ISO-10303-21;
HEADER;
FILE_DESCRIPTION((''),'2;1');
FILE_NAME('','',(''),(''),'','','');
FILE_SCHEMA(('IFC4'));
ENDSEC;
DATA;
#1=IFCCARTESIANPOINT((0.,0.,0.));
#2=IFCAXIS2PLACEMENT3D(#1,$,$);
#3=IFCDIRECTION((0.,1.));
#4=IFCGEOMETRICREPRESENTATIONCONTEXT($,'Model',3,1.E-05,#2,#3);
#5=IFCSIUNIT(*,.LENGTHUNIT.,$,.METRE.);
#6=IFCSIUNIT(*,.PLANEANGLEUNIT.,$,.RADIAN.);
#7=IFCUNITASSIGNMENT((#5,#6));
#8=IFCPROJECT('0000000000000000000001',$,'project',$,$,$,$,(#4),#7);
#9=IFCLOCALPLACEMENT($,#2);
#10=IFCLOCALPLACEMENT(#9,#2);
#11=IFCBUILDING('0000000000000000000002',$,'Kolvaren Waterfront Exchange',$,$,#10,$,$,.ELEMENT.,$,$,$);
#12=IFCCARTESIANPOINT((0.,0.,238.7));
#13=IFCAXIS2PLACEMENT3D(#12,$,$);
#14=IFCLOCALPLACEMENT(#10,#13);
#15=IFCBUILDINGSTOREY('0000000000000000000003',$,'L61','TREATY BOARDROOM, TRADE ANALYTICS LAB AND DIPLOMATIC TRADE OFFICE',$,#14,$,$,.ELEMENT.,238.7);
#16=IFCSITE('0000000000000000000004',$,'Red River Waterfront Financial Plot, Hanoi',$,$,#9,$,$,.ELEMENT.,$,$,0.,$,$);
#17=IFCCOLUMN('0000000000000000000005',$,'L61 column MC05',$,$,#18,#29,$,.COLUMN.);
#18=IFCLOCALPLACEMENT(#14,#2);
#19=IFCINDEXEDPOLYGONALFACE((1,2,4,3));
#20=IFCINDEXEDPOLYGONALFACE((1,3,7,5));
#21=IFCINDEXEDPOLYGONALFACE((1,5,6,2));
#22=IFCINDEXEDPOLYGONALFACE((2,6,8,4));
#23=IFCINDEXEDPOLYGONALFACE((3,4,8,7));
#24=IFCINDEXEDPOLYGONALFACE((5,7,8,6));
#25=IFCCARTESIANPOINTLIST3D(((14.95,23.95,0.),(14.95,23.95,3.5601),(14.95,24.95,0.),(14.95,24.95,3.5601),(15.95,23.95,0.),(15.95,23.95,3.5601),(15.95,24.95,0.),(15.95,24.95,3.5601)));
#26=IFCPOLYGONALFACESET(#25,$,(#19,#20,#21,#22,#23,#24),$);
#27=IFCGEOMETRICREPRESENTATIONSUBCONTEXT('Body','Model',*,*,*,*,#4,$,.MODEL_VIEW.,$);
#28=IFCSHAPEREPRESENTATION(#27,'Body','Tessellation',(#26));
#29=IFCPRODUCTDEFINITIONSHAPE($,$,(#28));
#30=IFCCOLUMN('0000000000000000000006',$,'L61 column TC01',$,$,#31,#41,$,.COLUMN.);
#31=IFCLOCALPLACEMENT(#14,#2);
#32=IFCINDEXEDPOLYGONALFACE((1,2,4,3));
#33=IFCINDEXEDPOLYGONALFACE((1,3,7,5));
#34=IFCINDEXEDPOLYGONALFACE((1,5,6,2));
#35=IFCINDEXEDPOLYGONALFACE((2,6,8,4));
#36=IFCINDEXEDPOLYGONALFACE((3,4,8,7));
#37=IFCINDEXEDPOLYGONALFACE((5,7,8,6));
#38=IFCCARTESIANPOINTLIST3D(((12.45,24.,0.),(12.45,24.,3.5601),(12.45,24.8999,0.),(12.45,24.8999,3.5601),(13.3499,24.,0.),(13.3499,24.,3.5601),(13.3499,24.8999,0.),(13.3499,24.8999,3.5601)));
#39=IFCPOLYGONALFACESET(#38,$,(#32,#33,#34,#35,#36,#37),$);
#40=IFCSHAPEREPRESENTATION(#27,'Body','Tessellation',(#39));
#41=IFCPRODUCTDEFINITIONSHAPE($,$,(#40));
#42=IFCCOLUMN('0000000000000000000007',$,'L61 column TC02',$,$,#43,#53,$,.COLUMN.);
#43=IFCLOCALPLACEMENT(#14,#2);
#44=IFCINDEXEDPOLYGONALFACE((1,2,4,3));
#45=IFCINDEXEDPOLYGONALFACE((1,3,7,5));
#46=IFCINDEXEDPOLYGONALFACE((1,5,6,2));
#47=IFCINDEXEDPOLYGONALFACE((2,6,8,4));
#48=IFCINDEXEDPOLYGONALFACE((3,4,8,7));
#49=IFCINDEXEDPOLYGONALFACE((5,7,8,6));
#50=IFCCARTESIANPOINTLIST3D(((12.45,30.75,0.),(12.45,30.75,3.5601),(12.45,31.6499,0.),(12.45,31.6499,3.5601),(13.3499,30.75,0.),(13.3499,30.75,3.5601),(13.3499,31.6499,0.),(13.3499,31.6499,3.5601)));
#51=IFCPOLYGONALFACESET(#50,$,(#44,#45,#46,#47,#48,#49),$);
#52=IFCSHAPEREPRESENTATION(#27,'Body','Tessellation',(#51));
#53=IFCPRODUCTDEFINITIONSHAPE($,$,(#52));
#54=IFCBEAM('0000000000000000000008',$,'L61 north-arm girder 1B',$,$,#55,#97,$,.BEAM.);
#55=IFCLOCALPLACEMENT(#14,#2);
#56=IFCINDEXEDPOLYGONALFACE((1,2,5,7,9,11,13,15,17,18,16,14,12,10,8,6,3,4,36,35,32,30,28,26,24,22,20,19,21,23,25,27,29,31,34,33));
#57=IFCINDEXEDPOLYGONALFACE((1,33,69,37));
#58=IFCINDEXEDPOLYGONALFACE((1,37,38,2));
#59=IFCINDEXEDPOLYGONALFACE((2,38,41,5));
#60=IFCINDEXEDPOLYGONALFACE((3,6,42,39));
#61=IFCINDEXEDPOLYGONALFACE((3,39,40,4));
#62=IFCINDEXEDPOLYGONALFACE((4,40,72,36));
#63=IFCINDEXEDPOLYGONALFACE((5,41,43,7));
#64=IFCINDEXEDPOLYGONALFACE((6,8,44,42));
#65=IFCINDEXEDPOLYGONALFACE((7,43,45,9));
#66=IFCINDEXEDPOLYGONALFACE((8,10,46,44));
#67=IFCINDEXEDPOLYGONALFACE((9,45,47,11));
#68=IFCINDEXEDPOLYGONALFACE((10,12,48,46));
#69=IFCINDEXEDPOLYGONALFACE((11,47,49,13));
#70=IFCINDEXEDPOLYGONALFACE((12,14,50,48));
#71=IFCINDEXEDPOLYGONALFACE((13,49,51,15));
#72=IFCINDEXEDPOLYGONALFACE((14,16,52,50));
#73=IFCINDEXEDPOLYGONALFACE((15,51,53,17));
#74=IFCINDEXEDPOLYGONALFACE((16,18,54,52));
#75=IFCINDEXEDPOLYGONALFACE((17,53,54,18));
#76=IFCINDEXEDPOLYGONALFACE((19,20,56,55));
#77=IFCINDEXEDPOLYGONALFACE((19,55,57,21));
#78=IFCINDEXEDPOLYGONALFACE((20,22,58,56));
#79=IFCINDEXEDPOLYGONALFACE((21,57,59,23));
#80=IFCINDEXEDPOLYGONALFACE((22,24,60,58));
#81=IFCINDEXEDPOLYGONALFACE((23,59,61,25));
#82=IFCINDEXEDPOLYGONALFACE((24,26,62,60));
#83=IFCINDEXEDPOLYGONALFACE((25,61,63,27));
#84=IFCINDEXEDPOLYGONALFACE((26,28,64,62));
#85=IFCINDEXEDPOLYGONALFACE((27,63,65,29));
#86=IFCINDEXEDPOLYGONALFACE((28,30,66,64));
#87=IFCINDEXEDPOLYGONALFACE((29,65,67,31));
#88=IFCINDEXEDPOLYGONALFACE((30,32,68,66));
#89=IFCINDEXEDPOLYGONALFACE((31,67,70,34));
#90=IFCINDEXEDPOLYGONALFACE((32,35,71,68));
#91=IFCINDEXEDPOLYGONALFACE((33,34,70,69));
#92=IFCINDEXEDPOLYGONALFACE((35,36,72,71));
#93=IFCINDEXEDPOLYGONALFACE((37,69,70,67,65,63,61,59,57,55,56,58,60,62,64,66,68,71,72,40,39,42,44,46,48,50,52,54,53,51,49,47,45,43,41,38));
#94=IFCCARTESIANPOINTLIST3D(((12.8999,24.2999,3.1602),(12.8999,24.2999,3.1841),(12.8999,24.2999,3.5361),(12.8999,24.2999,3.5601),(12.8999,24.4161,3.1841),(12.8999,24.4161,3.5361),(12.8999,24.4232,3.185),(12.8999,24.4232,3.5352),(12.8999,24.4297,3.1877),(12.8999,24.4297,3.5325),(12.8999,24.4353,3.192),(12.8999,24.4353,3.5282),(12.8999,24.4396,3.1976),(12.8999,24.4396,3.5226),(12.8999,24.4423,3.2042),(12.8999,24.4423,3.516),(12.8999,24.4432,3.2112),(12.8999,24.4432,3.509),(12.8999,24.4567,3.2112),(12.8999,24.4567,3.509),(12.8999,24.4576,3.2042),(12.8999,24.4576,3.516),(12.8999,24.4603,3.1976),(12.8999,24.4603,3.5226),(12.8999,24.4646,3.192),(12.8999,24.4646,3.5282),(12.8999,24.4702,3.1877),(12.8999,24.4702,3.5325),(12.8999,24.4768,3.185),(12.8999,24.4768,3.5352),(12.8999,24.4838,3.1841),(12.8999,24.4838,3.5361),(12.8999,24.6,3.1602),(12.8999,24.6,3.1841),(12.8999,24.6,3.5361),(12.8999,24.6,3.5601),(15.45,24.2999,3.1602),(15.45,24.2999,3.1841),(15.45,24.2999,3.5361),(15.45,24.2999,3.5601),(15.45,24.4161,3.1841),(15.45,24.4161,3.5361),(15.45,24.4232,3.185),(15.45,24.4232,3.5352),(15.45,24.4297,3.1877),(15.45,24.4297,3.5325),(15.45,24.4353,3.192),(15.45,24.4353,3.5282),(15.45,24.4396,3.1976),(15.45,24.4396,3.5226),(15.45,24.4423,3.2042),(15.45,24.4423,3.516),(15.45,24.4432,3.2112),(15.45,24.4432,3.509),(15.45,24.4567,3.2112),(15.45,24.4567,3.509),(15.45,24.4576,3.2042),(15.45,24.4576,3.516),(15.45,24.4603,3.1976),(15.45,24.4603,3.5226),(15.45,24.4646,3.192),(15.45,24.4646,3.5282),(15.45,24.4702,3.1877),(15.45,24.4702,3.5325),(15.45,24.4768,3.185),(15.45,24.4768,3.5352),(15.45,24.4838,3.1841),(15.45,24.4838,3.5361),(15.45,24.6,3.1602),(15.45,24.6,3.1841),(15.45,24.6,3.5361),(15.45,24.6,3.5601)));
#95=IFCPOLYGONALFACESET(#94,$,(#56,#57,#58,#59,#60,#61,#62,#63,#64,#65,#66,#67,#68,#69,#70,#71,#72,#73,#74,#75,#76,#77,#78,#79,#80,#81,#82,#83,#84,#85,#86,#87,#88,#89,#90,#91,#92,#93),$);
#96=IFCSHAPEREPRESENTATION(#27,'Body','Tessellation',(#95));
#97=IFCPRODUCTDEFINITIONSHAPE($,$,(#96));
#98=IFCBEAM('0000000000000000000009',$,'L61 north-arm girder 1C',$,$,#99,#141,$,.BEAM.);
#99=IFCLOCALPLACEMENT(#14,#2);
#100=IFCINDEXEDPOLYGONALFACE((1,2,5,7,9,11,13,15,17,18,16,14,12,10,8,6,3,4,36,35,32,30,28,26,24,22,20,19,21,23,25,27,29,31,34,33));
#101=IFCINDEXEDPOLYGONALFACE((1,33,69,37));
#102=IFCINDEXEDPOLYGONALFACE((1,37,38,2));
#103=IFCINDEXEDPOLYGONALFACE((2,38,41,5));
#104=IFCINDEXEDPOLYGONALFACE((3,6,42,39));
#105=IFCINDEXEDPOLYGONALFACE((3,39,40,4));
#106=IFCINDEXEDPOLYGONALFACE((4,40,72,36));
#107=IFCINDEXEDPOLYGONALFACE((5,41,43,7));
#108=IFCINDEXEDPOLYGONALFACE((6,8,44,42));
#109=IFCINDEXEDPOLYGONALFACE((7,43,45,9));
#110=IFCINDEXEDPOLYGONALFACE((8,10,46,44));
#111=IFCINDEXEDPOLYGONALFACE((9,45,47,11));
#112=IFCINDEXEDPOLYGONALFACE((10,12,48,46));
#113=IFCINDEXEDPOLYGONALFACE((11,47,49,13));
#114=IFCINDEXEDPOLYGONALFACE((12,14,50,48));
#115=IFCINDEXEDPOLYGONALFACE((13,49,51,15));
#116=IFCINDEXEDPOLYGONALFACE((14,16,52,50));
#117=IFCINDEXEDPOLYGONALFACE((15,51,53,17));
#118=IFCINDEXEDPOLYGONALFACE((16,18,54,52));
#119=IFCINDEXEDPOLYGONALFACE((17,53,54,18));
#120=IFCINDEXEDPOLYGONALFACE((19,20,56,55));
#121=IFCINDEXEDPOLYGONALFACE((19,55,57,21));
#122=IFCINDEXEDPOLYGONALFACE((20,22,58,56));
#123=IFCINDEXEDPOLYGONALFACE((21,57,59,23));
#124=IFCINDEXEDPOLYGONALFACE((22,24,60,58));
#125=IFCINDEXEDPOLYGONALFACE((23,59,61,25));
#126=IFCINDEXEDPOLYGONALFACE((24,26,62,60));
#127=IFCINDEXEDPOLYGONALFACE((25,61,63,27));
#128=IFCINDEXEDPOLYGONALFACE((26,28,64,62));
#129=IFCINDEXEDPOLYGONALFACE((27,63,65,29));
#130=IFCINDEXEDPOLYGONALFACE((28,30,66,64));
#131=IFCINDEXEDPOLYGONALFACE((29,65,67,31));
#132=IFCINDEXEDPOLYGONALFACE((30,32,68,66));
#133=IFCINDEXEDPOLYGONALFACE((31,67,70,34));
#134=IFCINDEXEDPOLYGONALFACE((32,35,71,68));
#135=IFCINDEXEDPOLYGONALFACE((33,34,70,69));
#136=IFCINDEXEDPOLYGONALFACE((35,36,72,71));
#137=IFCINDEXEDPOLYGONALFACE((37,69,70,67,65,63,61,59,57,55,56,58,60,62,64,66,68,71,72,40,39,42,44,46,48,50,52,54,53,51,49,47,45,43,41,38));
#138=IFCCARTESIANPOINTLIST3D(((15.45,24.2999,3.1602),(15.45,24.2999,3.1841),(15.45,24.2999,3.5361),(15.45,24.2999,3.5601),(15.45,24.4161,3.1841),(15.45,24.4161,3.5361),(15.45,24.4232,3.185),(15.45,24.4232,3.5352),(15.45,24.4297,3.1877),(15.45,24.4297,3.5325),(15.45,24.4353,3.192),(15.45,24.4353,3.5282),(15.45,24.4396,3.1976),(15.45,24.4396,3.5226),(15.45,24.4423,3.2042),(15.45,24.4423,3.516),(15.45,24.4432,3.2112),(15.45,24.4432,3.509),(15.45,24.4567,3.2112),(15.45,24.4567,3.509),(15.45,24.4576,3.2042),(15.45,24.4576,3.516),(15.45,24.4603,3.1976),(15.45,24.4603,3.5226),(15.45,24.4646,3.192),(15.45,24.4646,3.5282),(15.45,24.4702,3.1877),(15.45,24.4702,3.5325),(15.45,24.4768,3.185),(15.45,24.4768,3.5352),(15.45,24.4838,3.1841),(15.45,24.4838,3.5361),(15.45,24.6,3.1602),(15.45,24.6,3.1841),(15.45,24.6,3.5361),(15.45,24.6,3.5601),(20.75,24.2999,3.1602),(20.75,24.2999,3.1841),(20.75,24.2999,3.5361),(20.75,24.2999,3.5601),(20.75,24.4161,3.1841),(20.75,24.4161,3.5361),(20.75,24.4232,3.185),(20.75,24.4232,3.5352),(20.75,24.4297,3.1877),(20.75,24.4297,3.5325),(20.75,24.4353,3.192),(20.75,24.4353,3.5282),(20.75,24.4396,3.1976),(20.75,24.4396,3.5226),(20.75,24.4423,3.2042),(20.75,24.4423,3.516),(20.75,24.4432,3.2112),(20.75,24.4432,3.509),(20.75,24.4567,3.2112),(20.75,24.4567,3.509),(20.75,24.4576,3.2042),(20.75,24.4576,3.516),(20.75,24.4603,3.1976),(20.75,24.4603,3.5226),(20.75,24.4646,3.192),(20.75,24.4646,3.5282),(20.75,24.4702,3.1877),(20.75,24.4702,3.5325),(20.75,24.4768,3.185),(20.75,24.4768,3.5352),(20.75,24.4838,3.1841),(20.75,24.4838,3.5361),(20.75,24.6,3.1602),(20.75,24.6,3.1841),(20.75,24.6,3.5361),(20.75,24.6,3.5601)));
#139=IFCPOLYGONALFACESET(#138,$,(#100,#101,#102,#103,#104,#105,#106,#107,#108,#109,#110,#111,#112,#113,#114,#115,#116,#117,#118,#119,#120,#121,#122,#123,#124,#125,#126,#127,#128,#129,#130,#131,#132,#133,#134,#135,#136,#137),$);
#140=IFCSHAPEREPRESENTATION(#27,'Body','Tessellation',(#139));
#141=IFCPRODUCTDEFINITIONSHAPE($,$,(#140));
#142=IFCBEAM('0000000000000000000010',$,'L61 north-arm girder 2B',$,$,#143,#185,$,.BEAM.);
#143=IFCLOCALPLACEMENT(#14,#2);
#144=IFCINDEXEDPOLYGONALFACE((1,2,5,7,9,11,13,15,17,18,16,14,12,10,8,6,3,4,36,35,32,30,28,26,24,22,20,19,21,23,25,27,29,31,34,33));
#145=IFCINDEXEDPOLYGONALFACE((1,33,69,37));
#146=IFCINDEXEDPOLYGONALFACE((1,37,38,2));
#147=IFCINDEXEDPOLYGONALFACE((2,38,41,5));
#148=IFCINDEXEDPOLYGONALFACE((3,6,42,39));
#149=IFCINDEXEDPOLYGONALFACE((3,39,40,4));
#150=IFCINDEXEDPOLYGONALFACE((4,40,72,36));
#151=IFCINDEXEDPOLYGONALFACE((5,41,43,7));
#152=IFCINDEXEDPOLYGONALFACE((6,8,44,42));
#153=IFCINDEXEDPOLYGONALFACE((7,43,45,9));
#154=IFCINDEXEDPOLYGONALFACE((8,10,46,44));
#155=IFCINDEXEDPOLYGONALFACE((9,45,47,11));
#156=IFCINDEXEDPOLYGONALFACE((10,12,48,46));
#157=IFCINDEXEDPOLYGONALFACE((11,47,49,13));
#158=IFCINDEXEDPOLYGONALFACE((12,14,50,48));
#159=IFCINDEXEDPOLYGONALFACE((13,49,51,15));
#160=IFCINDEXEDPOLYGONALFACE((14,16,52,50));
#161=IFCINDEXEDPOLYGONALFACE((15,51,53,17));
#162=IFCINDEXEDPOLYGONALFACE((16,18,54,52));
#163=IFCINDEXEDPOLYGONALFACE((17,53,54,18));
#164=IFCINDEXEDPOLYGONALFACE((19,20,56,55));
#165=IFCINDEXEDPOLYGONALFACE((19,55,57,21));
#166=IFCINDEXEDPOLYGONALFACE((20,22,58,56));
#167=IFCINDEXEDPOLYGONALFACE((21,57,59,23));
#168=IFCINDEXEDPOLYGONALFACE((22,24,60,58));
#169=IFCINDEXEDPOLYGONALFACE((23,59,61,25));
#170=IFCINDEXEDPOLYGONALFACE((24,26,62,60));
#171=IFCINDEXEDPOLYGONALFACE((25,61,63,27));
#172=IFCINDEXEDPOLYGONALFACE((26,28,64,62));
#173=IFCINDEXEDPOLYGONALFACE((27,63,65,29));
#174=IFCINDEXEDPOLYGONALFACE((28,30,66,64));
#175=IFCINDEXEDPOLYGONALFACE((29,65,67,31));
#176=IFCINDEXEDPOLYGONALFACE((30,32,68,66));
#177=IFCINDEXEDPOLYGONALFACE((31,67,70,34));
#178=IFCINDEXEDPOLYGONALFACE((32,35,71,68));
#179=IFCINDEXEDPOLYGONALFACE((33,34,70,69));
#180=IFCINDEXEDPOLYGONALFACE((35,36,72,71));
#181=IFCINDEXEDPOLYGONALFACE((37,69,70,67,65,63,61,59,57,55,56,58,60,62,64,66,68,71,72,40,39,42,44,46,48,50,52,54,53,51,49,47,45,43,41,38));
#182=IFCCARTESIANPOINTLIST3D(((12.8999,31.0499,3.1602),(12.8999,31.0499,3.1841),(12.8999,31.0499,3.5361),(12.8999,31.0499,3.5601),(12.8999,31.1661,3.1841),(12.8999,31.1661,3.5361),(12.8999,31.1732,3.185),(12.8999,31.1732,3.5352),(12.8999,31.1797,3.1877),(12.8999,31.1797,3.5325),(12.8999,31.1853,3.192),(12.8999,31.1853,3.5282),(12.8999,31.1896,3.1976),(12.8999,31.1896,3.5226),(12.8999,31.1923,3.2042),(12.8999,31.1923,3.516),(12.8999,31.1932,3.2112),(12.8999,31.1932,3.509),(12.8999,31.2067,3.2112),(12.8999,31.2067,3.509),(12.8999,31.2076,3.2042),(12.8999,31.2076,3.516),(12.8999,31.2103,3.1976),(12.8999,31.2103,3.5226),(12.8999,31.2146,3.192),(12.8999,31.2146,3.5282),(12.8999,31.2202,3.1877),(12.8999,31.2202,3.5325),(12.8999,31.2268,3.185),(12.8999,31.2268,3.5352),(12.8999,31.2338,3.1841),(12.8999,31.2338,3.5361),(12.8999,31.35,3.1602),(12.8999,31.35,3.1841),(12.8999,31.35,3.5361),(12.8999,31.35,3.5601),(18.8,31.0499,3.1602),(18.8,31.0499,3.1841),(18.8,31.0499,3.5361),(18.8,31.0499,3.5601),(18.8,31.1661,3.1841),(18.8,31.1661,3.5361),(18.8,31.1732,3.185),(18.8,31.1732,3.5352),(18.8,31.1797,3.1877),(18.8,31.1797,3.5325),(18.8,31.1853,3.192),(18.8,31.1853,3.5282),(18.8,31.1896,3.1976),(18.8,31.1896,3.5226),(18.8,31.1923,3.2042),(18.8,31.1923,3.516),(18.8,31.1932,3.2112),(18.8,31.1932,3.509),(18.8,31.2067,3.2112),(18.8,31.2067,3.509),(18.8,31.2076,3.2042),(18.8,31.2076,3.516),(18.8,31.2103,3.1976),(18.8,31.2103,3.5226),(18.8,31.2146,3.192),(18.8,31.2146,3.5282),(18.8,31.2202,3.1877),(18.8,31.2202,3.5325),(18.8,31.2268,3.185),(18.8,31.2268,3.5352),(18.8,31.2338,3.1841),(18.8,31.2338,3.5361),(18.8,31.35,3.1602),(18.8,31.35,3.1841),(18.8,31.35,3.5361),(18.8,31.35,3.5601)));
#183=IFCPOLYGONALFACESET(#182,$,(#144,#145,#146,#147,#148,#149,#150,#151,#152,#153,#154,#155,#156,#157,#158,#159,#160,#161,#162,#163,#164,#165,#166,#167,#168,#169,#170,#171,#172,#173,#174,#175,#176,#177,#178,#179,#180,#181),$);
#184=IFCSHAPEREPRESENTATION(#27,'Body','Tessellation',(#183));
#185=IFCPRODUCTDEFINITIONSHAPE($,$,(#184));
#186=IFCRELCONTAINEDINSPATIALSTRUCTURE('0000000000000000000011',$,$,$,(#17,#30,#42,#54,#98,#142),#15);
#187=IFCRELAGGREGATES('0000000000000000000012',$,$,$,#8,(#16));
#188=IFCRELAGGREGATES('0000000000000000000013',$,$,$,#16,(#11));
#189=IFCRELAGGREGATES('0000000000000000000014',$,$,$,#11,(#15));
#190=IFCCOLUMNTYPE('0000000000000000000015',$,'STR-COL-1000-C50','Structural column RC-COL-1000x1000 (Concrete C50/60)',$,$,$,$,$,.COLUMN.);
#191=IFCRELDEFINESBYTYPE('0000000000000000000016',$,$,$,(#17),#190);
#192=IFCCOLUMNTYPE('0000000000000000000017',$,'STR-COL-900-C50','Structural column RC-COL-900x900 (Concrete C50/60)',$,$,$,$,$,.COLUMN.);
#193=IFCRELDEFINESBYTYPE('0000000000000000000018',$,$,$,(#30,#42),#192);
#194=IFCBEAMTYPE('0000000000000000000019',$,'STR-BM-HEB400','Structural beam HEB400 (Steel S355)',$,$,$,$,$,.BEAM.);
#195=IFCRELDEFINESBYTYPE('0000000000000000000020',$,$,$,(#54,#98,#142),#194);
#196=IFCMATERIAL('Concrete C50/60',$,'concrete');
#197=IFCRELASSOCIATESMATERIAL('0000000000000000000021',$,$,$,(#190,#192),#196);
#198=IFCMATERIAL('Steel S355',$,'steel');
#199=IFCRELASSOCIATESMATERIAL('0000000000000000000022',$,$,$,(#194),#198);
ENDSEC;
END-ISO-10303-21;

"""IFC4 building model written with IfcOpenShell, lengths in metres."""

from ifc_helpers import new_model, si_unit, direction, frame, origin, origin_2d, place, context, subcontext, project, spatial, rectangle, i_section, extrude, material, material_profile, profile_set, type_object, element, save


model = new_model("IFC4")

# Units and contexts
model_context = context("Model", 3, precision=1e-05, world=origin(), true_north=direction((0.0, 1.0)))
body_context = subcontext(model_context, "Body", "Model", "MODEL_VIEW")
ifc_project = project(units=[si_unit("LENGTHUNIT", "METRE"), si_unit("PLANEANGLEUNIT", "RADIAN")], contexts=[model_context])

# Site, building, storey
site_placement = place(None, origin())
site = spatial("IfcSite", under=ifc_project, at=site_placement, Name="Red River Waterfront Financial Plot, Hanoi", CompositionType="ELEMENT", RefElevation=0.0)
building_placement = place(site_placement, origin())
building = spatial("IfcBuilding", under=site, at=building_placement, Name="Kolvaren Waterfront Exchange", CompositionType="ELEMENT")
storey_placement = place(building_placement, frame((0.0, 0.0, 238.7)))
storey = spatial("IfcBuildingStorey", under=building, at=storey_placement, Name="L61", Description="TREATY BOARDROOM, TRADE ANALYTICS LAB AND DIPLOMATIC TRADE OFFICE", CompositionType="ELEMENT", Elevation=238.7)

# Columns
ifc_material_1 = material(Name="Concrete C50/60", Category="concrete")
ifc_material_profile_1 = material_profile(ifc_material_1, rectangle(XDim=1.0, YDim=1.0, at=origin_2d()), Name="RC-COL-1000x1000")
ifc_profile_set_1 = profile_set([ifc_material_profile_1], Name="Concrete C50/60")
column_type_1 = type_object("IfcColumnType", Name="STR-COL-1000-C50", Description="Structural column RC-COL-1000x1000 (Concrete C50/60)", PredefinedType="COLUMN", material=ifc_profile_set_1)
column_placement = place(storey_placement, frame((15.45, 24.45, 0.0), z_axis=(0.0, 0.0, 1.0), x_axis=(1.0, 0.0, 0.0)))
element("IfcColumn", 1, at=column_placement, inside=storey, type_object=column_type_1, Name="L61 column MC05", PredefinedType="COLUMN", context=body_context, shape_type="SweptSolid", body=[
    extrude(rectangle(XDim=1.0, YDim=1.0, at=origin_2d()), origin(), (0.0, 0.0, 1.0), 3.5601),
])
ifc_material_profile_2 = material_profile(ifc_material_1, rectangle(XDim=0.8999, YDim=0.8999, at=origin_2d()), Name="RC-COL-900x900")
ifc_profile_set_2 = profile_set([ifc_material_profile_2], Name="Concrete C50/60")
column_type_2 = type_object("IfcColumnType", Name="STR-COL-900-C50", Description="Structural column RC-COL-900x900 (Concrete C50/60)", PredefinedType="COLUMN", material=ifc_profile_set_2)
for number, where, z_axis, x_axis, name in (
    (2, (12.8999, 24.45, 0.0), (0.0, 0.0, 1.0), (1.0, 0.0, 0.0), "L61 column TC01"),
    (3, (12.8999, 31.2, 0.0), (0.0, 0.0, 1.0), (1.0, 0.0, 0.0), "L61 column TC02"),
):
    element("IfcColumn", number, at=place(storey_placement, frame(where, z_axis=z_axis, x_axis=x_axis)), inside=storey, type_object=column_type_2, Name=name, PredefinedType="COLUMN", context=body_context, shape_type="SweptSolid", body=[
        extrude(rectangle(XDim=0.8999, YDim=0.8999, at=origin_2d()), origin(), (0.0, 0.0, 1.0), 3.5601),
    ])

# Beams
ifc_material_2 = material(Name="Steel S355", Category="steel")
ifc_material_profile_3 = material_profile(ifc_material_2, i_section(OverallWidth=0.3, OverallDepth=0.3999, WebThickness=0.0134, FlangeThickness=0.0239, FilletRadius=0.0271, at=origin_2d()), Name="HEB400")
ifc_profile_set_3 = profile_set([ifc_material_profile_3], Name="Steel S355")
beam_type_1 = type_object("IfcBeamType", Name="STR-BM-HEB400", Description="Structural beam HEB400 (Steel S355)", PredefinedType="BEAM", material=ifc_profile_set_3)
beam_1_placement = place(storey_placement, frame((12.8999, 24.45, 3.3601), z_axis=(1.0, 0.0, 0.0), x_axis=(0.0, 1.0, 0.0)))
element("IfcBeam", 4, at=beam_1_placement, inside=storey, type_object=beam_type_1, Name="L61 north-arm girder 1B", PredefinedType="BEAM", context=body_context, shape_type="SweptSolid", body=[
    extrude(i_section(OverallWidth=0.3, OverallDepth=0.3999, WebThickness=0.0134, FlangeThickness=0.0239, FilletRadius=0.0271, at=origin_2d()), origin(), (0.0, 0.0, 1.0), 2.55),
])
beam_2_placement = place(storey_placement, frame((15.45, 24.45, 3.3601), z_axis=(1.0, 0.0, 0.0), x_axis=(0.0, 1.0, 0.0)))
element("IfcBeam", 5, at=beam_2_placement, inside=storey, type_object=beam_type_1, Name="L61 north-arm girder 1C", PredefinedType="BEAM", context=body_context, shape_type="SweptSolid", body=[
    extrude(i_section(OverallWidth=0.3, OverallDepth=0.3999, WebThickness=0.0134, FlangeThickness=0.0239, FilletRadius=0.0271, at=origin_2d()), origin(), (0.0, 0.0, 1.0), 5.3),
])
beam_3_placement = place(storey_placement, frame((12.8999, 31.2, 3.3601), z_axis=(1.0, 0.0, 0.0), x_axis=(0.0, 1.0, 0.0)))
element("IfcBeam", 6, at=beam_3_placement, inside=storey, type_object=beam_type_1, Name="L61 north-arm girder 2B", PredefinedType="BEAM", context=body_context, shape_type="SweptSolid", body=[
    extrude(i_section(OverallWidth=0.3, OverallDepth=0.3999, WebThickness=0.0134, FlangeThickness=0.0239, FilletRadius=0.0271, at=origin_2d()), origin(), (0.0, 0.0, 1.0), 5.9001),
])

save(model, "model.ifc")
